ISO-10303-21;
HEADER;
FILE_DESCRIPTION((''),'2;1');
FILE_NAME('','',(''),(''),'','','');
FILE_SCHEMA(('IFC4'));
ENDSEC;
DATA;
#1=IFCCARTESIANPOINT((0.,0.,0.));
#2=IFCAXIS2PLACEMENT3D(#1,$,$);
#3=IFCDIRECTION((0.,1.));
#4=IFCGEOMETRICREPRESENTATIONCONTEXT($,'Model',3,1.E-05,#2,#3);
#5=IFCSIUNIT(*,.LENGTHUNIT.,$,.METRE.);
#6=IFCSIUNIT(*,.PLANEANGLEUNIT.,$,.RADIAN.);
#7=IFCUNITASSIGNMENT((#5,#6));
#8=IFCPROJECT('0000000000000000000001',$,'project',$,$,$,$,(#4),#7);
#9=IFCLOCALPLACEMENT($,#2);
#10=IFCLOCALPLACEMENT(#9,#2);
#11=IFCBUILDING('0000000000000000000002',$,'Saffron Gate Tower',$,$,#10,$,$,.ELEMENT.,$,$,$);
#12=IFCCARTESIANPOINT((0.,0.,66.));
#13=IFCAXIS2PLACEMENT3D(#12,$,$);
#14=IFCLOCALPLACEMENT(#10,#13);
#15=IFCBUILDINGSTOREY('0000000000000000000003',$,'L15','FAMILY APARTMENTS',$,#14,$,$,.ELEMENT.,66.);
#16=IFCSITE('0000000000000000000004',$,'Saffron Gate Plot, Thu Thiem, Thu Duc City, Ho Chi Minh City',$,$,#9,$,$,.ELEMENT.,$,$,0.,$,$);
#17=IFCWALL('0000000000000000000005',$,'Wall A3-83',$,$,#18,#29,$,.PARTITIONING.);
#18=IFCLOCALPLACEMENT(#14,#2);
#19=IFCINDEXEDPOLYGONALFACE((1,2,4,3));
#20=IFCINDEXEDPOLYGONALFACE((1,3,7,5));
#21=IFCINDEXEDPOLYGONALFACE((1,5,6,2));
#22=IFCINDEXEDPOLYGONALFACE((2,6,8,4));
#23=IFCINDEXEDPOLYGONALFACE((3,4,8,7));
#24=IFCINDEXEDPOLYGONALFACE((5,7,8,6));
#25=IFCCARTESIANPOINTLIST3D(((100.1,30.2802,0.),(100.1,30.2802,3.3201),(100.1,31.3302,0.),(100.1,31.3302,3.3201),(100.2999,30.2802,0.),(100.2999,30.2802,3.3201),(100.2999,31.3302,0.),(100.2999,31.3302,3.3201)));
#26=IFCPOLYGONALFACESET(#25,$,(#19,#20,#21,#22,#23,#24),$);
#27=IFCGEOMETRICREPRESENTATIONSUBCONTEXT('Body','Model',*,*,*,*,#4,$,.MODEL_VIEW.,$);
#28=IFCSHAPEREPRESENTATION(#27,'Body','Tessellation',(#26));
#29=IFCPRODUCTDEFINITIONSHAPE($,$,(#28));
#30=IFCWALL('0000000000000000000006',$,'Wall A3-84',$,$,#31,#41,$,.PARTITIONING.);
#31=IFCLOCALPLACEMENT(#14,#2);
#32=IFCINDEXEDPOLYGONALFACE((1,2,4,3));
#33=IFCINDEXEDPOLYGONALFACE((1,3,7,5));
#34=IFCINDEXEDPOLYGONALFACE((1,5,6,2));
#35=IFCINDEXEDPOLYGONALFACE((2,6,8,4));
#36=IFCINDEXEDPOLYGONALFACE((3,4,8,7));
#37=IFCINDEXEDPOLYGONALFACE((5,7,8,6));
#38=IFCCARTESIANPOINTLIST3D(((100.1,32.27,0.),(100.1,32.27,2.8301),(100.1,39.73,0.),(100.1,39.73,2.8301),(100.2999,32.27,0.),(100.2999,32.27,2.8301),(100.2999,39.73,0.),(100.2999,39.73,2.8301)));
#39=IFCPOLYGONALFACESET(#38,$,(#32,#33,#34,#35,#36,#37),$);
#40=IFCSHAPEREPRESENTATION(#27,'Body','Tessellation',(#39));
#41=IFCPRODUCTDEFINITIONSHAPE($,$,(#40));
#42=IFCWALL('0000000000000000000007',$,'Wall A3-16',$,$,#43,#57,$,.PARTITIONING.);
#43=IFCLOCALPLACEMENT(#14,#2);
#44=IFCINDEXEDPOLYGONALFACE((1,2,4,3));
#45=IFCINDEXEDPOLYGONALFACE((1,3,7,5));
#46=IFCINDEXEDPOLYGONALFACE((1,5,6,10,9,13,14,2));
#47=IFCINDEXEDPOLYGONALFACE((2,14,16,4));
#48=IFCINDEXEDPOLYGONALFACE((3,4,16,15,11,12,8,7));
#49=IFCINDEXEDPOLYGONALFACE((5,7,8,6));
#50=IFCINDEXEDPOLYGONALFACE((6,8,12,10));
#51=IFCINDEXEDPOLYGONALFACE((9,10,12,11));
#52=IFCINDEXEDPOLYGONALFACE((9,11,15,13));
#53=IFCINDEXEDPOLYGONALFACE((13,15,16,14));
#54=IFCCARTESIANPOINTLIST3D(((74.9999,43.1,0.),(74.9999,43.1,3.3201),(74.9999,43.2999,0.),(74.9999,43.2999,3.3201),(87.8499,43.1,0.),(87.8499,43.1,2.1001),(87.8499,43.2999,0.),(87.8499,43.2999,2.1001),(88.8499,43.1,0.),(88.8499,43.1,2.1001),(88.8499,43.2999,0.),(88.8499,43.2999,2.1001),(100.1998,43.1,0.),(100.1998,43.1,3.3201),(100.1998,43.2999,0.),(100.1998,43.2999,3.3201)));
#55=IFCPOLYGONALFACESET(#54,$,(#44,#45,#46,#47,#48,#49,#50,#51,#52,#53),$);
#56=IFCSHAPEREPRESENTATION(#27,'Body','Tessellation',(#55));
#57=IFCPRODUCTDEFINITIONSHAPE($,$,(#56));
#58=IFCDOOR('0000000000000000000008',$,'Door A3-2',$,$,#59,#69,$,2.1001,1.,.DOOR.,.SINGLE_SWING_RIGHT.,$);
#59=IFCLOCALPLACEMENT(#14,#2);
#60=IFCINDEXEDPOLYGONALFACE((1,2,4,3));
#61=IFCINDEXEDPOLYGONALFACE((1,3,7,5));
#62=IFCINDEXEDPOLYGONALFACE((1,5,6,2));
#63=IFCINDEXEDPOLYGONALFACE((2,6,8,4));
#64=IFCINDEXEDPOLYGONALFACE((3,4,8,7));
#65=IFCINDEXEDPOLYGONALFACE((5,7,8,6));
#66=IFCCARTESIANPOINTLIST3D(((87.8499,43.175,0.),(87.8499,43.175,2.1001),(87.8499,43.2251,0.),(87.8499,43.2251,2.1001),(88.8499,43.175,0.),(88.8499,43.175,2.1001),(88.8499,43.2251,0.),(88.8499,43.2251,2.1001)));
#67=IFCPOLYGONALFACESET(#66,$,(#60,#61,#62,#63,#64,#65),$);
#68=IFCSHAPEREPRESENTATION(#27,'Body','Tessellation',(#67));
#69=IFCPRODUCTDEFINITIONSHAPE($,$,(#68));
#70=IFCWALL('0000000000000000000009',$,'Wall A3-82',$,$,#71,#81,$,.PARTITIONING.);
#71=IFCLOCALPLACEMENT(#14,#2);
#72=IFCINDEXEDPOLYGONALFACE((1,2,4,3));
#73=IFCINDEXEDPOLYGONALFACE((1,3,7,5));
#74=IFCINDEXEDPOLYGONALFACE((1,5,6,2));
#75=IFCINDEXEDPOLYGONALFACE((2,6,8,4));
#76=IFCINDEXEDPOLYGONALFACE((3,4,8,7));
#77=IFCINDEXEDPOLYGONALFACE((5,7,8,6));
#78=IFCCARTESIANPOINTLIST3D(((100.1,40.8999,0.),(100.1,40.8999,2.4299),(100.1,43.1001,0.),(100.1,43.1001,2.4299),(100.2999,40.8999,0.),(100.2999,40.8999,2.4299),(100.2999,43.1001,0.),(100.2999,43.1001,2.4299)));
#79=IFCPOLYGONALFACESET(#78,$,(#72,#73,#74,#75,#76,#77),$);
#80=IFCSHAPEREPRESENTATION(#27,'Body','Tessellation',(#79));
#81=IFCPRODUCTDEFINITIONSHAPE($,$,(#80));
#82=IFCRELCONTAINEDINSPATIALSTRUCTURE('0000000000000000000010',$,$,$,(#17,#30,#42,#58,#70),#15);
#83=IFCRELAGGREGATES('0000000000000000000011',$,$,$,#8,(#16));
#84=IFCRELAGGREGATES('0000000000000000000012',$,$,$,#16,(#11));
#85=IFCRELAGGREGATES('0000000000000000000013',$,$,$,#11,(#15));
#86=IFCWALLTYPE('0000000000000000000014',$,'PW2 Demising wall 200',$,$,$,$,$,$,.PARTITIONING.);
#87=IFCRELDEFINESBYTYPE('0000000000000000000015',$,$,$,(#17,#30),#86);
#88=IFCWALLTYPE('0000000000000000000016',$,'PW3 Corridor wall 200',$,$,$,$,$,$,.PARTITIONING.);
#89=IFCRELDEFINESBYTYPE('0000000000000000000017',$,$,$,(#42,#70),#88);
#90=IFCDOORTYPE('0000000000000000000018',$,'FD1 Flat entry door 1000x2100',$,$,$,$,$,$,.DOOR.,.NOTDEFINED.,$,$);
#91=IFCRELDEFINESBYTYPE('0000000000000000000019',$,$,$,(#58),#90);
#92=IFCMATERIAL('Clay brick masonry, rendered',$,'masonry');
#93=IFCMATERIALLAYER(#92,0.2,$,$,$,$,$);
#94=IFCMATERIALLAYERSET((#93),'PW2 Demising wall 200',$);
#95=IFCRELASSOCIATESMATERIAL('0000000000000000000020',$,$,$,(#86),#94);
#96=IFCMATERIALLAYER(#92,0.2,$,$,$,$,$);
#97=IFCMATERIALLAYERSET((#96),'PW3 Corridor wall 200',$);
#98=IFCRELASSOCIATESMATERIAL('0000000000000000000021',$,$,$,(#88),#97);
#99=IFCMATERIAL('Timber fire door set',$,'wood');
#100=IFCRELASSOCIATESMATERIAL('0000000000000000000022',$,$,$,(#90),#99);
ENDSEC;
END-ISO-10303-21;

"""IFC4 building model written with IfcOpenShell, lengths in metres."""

from ifc_helpers import new_model, si_unit, direction, frame, frame_2d, origin, place, context, subcontext, project, spatial, rectangle, extrude, material, layer, layer_set, type_object, element, fill, save


model = new_model("IFC4")

# Units and contexts
model_context = context("Model", 3, precision=1e-05, world=origin(), true_north=direction((0.0, 1.0)))
body_context = subcontext(model_context, "Body", "Model", "MODEL_VIEW")
ifc_project = project(units=[si_unit("LENGTHUNIT", "METRE"), si_unit("PLANEANGLEUNIT", "RADIAN")], contexts=[model_context])

# Site, building, storey
site_placement = place(None, origin())
site = spatial("IfcSite", under=ifc_project, at=site_placement, Name="Saffron Gate Plot, Thu Thiem, Thu Duc City, Ho Chi Minh City", CompositionType="ELEMENT", RefElevation=0.0)
building_placement = place(site_placement, origin())
building = spatial("IfcBuilding", under=site, at=building_placement, Name="Saffron Gate Tower", CompositionType="ELEMENT")
storey_placement = place(building_placement, frame((0.0, 0.0, 66.0)))
storey = spatial("IfcBuildingStorey", under=building, at=storey_placement, Name="L15", Description="FAMILY APARTMENTS", CompositionType="ELEMENT", Elevation=66.0)

# Walls
ifc_material_1 = material(Name="Clay brick masonry, rendered", Category="masonry")
ifc_layer_1 = layer(ifc_material_1, 0.2)
ifc_layer_set_1 = layer_set([ifc_layer_1], Name="PW2 Demising wall 200")
wall_type_1 = type_object("IfcWallType", Name="PW2 Demising wall 200", PredefinedType="PARTITIONING", material=ifc_layer_set_1)
wall_1_placement = place(storey_placement, frame((100.2, 31.3301, 0.0), z_axis=(0.0, 0.0, 1.0), x_axis=(0.0, -1.0, 0.0)))
element("IfcWall", 1, at=wall_1_placement, inside=storey, type_object=wall_type_1, Name="Wall A3-83", PredefinedType="PARTITIONING", context=body_context, shape_type="SweptSolid", body=[
    extrude(rectangle(XDim=1.05, YDim=0.2, at=frame_2d((0.5249, 0.0))), origin(), (0.0, 0.0, 1.0), 3.3201),
])
wall_2_placement = place(storey_placement, frame((100.2, 39.73, 0.0), z_axis=(0.0, 0.0, 1.0), x_axis=(0.0, -1.0, 0.0)))
element("IfcWall", 2, at=wall_2_placement, inside=storey, type_object=wall_type_1, Name="Wall A3-84", PredefinedType="PARTITIONING", context=body_context, shape_type="SweptSolid", body=[
    extrude(rectangle(XDim=7.46, YDim=0.2, at=frame_2d((3.73, 0.0))), origin(), (0.0, 0.0, 1.0), 2.8301),
])

# Wall, opening, door
ifc_layer_2 = layer(ifc_material_1, 0.2)
ifc_layer_set_2 = layer_set([ifc_layer_2], Name="PW3 Corridor wall 200")
wall_type_2 = type_object("IfcWallType", Name="PW3 Corridor wall 200", PredefinedType="PARTITIONING", material=ifc_layer_set_2)
wall_3_placement = place(storey_placement, frame((100.2, 43.2, 0.0), z_axis=(0.0, 0.0, 1.0), x_axis=(-1.0, 0.0, 0.0)))
wall_3 = element("IfcWall", 3, at=wall_3_placement, inside=storey, type_object=wall_type_2, Name="Wall A3-16", PredefinedType="PARTITIONING", context=body_context, shape_type="SweptSolid", body=[
    extrude(rectangle(XDim=25.2, YDim=0.2, at=frame_2d((12.6001, 0.0))), origin(), (0.0, 0.0, 1.0), 3.3201),
])
opening_1_placement = place(wall_3_placement, frame((11.3501, 0.0, 0.0)))
opening_1 = element("IfcOpeningElement", 4, at=opening_1_placement, cuts=wall_3, PredefinedType="OPENING", context=body_context, shape_type="SweptSolid", body=[
    extrude(rectangle(XDim=1.0, YDim=2.1001, at=frame_2d((0.5, 1.05))), frame((0.0, 0.1099, 0.0), z_axis=(0.0, -1.0, 0.0), x_axis=(1.0, 0.0, 0.0)), (0.0, 0.0, 1.0), 0.22),
])
ifc_material_2 = material(Name="Timber fire door set", Category="wood")
door_type_1 = type_object("IfcDoorType", Name="FD1 Flat entry door 1000x2100", OperationType="NOTDEFINED", PredefinedType="DOOR", material=ifc_material_2)
door_1_placement = place(opening_1_placement, origin())
door_1 = element("IfcDoor", 5, at=door_1_placement, inside=storey, type_object=door_type_1, Name="Door A3-2", OperationType="SINGLE_SWING_RIGHT", OverallHeight=2.1001, OverallWidth=1.0, PredefinedType="DOOR", context=body_context, shape_type="SweptSolid", body=[
    extrude(rectangle(XDim=1.0, YDim=2.1001, at=frame_2d((0.5, 1.05))), frame((0.0, 0.0249, 0.0), z_axis=(0.0, -1.0, 0.0), x_axis=(1.0, 0.0, 0.0)), (0.0, 0.0, 1.0), 0.05),
])
fill(opening_1, door_1)

# Wall
wall_4_placement = place(storey_placement, frame((100.2, 43.1001, 0.0), z_axis=(0.0, 0.0, 1.0), x_axis=(0.0, -1.0, 0.0)))
element("IfcWall", 6, at=wall_4_placement, inside=storey, type_object=wall_type_2, Name="Wall A3-82", PredefinedType="PARTITIONING", context=body_context, shape_type="SweptSolid", body=[
    extrude(rectangle(XDim=2.2002, YDim=0.2, at=frame_2d((1.1001, 0.0))), origin(), (0.0, 0.0, 1.0), 2.4299),
])

save(model, "model.ifc")
